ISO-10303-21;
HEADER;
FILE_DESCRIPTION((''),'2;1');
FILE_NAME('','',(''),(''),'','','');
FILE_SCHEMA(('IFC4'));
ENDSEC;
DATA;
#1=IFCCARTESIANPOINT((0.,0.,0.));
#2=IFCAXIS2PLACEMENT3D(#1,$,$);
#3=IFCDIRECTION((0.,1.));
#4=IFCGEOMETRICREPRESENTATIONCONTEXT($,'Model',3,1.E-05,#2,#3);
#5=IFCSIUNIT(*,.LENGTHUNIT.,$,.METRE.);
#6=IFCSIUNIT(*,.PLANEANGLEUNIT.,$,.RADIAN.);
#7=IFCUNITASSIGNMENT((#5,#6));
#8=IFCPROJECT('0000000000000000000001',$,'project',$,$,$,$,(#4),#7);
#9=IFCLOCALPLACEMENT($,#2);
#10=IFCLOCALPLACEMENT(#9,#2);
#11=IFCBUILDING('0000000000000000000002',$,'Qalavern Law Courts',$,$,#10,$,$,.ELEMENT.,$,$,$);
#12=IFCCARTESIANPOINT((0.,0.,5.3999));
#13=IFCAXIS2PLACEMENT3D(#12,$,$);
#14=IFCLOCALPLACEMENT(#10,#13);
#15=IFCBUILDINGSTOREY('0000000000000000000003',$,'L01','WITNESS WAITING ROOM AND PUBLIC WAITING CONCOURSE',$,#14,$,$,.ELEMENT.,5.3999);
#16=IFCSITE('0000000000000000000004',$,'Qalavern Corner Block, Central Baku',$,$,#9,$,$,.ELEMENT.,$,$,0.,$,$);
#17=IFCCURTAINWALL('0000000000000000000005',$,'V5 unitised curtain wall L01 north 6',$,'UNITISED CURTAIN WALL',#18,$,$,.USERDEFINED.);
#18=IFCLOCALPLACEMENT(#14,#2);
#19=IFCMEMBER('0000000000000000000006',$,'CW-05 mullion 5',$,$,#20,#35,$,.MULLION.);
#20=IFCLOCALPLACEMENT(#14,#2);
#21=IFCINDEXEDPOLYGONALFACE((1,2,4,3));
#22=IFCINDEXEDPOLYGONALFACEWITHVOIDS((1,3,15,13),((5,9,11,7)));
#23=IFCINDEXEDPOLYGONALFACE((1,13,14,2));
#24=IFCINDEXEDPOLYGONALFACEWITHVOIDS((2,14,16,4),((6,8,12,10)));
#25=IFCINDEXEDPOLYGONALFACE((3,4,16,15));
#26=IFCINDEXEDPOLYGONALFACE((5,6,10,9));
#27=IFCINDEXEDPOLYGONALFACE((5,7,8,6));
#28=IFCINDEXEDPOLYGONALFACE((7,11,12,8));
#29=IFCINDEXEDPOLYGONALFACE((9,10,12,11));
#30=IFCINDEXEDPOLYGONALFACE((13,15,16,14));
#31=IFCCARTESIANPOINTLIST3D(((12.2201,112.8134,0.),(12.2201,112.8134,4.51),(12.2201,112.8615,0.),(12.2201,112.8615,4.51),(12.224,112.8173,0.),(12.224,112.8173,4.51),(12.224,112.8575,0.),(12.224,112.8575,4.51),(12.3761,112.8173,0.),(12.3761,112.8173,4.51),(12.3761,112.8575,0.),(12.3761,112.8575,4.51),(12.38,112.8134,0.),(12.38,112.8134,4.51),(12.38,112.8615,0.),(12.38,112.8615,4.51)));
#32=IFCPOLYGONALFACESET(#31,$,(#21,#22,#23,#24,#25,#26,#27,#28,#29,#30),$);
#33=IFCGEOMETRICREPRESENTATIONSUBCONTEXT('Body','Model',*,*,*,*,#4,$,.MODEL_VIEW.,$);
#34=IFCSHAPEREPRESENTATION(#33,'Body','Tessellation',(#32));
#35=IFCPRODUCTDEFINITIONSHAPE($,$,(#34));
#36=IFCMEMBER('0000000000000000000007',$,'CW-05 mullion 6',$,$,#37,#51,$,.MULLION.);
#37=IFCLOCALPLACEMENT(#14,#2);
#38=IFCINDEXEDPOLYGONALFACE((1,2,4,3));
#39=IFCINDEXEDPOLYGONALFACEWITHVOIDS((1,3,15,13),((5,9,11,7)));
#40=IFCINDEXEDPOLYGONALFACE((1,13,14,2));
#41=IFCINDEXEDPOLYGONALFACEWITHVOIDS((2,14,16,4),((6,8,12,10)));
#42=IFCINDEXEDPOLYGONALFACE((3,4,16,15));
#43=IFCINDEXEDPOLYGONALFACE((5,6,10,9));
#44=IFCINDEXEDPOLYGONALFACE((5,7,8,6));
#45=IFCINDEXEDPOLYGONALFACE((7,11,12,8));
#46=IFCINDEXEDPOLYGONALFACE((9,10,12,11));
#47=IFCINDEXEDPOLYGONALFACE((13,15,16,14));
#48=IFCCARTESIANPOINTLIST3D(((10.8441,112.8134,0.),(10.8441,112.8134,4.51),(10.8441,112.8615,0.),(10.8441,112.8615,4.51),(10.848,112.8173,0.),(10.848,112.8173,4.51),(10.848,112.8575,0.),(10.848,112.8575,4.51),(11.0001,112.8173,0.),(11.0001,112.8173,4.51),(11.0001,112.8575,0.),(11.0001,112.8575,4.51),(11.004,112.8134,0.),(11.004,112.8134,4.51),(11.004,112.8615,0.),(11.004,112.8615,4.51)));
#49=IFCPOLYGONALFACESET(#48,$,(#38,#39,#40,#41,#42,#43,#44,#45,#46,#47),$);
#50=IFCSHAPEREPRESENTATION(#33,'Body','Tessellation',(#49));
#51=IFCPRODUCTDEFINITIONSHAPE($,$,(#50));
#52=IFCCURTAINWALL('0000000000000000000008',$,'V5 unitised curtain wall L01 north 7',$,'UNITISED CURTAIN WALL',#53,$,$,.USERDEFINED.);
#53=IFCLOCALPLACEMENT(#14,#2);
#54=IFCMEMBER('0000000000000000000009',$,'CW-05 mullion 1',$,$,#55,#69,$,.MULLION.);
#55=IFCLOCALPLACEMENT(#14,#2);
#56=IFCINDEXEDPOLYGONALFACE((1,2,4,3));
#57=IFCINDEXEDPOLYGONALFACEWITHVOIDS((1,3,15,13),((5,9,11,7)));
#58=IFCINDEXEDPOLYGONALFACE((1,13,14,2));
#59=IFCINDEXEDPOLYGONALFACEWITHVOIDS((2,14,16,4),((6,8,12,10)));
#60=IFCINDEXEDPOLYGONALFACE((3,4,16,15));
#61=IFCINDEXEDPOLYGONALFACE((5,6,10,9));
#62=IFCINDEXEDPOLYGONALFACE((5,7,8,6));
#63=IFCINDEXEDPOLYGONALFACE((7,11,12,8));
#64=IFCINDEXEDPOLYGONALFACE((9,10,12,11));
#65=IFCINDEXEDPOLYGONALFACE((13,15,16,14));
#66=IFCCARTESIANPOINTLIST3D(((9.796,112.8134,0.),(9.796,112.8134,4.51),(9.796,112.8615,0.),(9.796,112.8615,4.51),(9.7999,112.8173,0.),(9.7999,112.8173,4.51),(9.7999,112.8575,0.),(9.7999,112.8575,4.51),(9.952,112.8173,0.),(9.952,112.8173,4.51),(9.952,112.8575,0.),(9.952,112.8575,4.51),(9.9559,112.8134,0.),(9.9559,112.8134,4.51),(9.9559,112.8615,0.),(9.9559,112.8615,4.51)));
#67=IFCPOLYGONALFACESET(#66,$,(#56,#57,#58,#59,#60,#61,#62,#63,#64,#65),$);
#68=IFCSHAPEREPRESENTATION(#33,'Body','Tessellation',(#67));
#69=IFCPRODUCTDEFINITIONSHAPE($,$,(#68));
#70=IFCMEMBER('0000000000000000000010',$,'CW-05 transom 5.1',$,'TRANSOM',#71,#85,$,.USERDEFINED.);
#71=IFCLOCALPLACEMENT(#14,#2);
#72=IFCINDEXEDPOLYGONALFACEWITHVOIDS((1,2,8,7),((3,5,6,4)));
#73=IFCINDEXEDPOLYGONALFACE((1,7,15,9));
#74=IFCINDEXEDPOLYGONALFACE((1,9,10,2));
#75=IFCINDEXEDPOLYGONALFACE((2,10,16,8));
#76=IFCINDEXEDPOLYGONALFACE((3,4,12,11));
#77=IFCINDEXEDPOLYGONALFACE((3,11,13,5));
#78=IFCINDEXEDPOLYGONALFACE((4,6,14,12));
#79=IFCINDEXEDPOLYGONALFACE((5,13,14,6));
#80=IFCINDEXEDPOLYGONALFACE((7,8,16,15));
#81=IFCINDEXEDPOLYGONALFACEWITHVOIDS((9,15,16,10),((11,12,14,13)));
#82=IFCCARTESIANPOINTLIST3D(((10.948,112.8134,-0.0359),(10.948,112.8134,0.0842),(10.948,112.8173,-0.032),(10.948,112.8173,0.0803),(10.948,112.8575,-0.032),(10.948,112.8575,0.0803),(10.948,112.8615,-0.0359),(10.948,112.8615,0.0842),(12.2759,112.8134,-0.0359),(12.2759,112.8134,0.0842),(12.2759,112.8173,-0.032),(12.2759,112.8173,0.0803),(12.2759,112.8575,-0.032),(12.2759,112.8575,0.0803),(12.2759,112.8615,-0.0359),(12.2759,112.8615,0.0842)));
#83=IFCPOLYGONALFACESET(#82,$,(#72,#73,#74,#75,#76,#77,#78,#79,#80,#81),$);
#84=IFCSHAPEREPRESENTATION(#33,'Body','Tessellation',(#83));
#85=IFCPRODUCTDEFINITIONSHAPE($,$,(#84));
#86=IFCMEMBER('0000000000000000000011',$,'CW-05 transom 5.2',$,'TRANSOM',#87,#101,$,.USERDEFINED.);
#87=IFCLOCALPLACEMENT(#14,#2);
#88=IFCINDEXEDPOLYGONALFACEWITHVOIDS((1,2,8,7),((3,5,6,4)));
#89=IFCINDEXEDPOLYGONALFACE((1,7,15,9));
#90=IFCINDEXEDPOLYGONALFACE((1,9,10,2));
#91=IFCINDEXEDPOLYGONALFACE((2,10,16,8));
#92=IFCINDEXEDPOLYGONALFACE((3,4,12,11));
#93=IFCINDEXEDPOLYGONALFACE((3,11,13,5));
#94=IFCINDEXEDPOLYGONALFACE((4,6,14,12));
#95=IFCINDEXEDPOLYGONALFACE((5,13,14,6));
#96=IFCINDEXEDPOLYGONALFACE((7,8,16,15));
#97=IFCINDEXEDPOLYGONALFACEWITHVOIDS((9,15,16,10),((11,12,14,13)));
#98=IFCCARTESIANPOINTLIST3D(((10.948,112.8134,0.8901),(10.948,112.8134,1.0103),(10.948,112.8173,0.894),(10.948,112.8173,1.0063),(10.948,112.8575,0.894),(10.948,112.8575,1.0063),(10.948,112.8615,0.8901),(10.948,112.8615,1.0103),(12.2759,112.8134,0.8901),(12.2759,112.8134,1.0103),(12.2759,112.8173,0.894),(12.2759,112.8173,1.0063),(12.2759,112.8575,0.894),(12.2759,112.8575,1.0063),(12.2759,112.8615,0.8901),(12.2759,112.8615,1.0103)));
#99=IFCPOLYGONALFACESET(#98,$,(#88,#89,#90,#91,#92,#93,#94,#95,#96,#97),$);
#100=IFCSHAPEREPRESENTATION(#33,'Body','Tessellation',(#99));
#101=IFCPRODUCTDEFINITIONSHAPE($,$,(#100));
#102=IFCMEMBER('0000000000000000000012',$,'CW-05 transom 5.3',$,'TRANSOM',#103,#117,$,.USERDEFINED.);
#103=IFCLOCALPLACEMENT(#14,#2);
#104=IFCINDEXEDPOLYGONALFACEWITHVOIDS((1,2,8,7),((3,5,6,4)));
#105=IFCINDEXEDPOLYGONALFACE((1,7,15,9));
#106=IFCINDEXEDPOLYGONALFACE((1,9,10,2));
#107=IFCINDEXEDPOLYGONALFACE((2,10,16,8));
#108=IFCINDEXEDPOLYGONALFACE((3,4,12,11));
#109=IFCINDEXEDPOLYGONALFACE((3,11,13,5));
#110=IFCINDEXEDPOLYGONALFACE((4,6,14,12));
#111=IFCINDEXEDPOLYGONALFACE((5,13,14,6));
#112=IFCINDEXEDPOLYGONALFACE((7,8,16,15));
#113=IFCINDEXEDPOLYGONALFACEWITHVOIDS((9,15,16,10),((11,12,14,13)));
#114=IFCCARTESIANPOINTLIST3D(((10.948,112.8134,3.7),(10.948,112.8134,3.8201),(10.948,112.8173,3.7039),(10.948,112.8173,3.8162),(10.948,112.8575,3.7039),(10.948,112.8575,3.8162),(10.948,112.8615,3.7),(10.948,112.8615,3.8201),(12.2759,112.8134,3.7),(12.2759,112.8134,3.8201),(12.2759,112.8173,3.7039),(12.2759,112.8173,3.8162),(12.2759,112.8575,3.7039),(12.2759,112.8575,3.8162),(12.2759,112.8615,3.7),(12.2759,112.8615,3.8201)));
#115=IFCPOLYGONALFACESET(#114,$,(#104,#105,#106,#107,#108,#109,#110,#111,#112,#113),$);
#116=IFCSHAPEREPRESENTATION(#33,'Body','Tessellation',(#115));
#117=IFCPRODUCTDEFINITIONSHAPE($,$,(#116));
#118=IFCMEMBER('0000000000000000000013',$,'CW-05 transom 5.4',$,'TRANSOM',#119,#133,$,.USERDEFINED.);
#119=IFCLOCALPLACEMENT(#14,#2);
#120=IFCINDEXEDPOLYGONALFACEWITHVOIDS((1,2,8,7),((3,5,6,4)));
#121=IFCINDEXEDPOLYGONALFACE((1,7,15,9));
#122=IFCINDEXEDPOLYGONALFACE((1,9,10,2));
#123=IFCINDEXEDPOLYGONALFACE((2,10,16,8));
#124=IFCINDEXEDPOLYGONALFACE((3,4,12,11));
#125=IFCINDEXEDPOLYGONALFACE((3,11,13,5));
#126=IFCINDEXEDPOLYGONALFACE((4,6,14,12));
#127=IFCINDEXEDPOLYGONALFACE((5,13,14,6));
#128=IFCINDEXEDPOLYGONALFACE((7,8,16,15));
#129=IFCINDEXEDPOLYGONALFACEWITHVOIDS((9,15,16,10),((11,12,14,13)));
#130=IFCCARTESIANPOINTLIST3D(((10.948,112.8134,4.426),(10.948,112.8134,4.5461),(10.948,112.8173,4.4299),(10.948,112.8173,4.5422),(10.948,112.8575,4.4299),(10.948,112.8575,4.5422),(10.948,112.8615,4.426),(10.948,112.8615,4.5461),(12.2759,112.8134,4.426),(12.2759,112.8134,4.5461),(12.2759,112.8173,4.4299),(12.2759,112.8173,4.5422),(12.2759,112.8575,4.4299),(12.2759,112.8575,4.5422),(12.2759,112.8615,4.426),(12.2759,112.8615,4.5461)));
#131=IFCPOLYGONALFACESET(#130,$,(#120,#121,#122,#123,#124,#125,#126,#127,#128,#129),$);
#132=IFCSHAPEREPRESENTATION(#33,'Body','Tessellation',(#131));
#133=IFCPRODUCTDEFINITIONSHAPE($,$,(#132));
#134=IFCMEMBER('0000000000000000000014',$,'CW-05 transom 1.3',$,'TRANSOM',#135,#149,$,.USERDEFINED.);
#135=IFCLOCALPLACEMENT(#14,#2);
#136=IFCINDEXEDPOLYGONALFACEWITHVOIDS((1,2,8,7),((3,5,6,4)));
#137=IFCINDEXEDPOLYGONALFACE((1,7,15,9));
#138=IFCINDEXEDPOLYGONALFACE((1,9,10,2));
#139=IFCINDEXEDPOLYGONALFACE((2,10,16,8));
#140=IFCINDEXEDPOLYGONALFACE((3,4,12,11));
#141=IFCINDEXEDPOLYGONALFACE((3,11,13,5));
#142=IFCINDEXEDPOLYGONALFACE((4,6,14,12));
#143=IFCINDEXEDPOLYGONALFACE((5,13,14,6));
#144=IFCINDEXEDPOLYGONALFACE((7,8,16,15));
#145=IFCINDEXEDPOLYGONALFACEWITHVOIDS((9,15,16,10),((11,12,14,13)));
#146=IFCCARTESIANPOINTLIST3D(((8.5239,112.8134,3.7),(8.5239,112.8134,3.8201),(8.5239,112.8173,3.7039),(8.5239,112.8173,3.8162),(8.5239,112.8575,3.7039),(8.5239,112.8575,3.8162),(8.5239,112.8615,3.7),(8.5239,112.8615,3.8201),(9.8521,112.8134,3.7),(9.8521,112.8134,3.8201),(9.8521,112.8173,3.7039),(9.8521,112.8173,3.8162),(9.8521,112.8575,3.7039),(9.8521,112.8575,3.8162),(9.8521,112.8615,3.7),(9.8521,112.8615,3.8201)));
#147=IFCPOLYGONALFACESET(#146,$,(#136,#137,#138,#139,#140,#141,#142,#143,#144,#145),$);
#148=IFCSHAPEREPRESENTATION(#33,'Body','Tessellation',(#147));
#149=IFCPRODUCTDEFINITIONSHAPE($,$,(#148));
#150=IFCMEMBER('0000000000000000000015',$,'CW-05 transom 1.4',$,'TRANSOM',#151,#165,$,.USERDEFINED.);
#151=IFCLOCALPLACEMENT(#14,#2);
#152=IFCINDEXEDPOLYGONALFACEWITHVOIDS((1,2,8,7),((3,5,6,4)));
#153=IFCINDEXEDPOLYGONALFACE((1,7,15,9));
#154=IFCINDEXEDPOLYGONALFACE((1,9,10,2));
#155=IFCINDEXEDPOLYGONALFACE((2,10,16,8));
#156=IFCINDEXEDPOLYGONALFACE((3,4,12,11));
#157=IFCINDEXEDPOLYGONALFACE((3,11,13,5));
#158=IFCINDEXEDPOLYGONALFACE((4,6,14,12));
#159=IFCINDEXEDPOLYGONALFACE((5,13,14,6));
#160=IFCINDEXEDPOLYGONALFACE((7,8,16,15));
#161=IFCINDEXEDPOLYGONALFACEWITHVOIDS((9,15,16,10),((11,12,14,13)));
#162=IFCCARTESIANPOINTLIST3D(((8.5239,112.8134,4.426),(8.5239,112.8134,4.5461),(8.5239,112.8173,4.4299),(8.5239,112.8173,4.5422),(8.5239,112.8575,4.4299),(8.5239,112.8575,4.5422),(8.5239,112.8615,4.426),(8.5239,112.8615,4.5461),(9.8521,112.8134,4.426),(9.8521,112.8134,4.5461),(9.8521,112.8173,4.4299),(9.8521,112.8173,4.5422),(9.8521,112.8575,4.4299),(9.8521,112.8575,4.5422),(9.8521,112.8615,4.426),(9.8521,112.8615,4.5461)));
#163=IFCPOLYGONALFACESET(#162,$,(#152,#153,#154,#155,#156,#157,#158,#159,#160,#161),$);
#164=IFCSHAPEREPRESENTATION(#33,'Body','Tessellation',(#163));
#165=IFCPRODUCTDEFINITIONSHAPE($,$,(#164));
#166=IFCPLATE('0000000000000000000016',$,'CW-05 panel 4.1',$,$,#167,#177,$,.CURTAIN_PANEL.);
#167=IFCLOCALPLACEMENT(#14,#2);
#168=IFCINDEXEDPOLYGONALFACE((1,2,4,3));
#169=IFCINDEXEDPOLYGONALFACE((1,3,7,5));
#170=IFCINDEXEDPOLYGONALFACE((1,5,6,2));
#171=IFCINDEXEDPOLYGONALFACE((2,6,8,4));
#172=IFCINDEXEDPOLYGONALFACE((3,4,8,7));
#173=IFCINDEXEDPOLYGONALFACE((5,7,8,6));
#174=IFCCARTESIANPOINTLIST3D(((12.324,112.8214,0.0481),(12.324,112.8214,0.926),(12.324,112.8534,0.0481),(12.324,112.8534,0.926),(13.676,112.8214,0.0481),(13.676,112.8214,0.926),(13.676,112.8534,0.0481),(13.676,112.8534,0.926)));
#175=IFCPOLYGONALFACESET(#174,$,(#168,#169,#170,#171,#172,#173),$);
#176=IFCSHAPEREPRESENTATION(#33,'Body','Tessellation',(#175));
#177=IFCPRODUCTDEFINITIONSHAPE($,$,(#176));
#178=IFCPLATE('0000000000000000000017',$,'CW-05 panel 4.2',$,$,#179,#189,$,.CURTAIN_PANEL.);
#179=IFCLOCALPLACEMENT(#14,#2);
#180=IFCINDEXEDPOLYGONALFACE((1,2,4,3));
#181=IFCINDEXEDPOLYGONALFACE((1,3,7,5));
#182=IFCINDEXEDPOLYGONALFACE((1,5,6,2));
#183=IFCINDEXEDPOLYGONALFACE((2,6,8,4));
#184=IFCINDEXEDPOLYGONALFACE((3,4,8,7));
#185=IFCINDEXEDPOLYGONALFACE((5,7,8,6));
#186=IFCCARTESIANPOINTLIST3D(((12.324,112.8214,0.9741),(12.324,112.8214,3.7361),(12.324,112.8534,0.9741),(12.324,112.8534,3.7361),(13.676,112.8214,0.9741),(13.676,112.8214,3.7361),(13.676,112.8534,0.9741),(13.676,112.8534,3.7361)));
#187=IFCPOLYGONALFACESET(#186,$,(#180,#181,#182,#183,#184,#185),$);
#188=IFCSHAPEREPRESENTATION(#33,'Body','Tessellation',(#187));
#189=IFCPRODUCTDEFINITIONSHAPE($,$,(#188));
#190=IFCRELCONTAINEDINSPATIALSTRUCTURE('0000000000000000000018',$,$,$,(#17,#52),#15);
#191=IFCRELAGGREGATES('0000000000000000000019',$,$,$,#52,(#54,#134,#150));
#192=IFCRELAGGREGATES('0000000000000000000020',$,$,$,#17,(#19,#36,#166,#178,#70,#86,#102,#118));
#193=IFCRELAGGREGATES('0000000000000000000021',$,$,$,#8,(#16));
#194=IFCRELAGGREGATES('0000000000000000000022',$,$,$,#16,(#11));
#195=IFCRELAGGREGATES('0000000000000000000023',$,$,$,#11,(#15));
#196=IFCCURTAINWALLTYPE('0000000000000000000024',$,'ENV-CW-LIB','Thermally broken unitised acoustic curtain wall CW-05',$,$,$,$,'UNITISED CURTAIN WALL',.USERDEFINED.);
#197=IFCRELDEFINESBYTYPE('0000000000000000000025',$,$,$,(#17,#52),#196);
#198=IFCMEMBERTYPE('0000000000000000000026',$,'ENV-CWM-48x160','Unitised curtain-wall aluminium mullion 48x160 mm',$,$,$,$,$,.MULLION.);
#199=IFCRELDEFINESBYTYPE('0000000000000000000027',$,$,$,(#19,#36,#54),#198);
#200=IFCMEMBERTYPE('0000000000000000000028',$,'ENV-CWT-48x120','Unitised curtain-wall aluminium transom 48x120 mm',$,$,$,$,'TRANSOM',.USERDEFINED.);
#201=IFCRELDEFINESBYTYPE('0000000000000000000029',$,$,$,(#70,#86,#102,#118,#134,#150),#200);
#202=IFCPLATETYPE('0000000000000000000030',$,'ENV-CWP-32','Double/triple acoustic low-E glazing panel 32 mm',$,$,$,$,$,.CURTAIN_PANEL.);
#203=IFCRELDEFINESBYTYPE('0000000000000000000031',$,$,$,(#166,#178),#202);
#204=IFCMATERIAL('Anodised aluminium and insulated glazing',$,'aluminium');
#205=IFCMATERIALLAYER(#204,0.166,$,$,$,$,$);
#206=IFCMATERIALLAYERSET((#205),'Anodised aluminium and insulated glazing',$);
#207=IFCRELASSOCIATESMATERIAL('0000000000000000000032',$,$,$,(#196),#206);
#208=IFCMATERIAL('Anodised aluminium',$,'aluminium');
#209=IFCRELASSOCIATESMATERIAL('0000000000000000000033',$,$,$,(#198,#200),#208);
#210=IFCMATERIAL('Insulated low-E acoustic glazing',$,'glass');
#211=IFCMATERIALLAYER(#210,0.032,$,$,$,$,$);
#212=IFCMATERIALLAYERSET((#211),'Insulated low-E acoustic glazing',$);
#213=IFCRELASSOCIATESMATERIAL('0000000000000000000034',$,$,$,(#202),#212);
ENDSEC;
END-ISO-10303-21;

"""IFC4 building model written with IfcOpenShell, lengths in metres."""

from ifc_helpers import new_model, si_unit, direction, frame, origin, origin_2d, place, context, subcontext, project, spatial, rectangle, hollow_rectangle, extrude, material, layer, layer_set, material_profile, profile_set, type_object, element, aggregate, save


model = new_model("IFC4")

# Units and contexts
model_context = context("Model", 3, precision=1e-05, world=origin(), true_north=direction((0.0, 1.0)))
body_context = subcontext(model_context, "Body", "Model", "MODEL_VIEW")
ifc_project = project(units=[si_unit("LENGTHUNIT", "METRE"), si_unit("PLANEANGLEUNIT", "RADIAN")], contexts=[model_context])

# Site, building, storey
site_placement = place(None, origin())
site = spatial("IfcSite", under=ifc_project, at=site_placement, Name="Qalavern Corner Block, Central Baku", CompositionType="ELEMENT", RefElevation=0.0)
building_placement = place(site_placement, origin())
building = spatial("IfcBuilding", under=site, at=building_placement, Name="Qalavern Law Courts", CompositionType="ELEMENT")
storey_placement = place(building_placement, frame((0.0, 0.0, 5.3999)))
storey = spatial("IfcBuildingStorey", under=building, at=storey_placement, Name="L01", Description="WITNESS WAITING ROOM AND PUBLIC WAITING CONCOURSE", CompositionType="ELEMENT", Elevation=5.3999)

# Curtain wall, members
ifc_material_1 = material(Name="Anodised aluminium and insulated glazing", Category="aluminium")
ifc_layer_1 = layer(ifc_material_1, 0.166)
ifc_layer_set_1 = layer_set([ifc_layer_1], Name="Anodised aluminium and insulated glazing")
curtain_wall_type = type_object("IfcCurtainWallType", Name="ENV-CW-LIB", Description="Thermally broken unitised acoustic curtain wall CW-05", ElementType="UNITISED CURTAIN WALL", PredefinedType="USERDEFINED", material=ifc_layer_set_1)
curtain_wall_1_placement = place(storey_placement, origin())
curtain_wall_1 = element("IfcCurtainWall", 1, at=curtain_wall_1_placement, inside=storey, type_object=curtain_wall_type, Name="V5 unitised curtain wall L01 north 6", ObjectType="UNITISED CURTAIN WALL", PredefinedType="USERDEFINED")
ifc_material_2 = material(Name="Anodised aluminium", Category="aluminium")
ifc_material_profile_1 = material_profile(ifc_material_2, hollow_rectangle(XDim=0.0481, YDim=0.1599, WallThickness=0.0039, at=origin_2d()), Name="ALU MULLION 48x160")
ifc_profile_set_1 = profile_set([ifc_material_profile_1], Name="Anodised aluminium")
member_type_1 = type_object("IfcMemberType", Name="ENV-CWM-48x160", Description="Unitised curtain-wall aluminium mullion 48x160 mm", PredefinedType="MULLION", material=ifc_profile_set_1)
member_1_placement = place(storey_placement, frame((12.3, 112.8374, 0.0), z_axis=(0.0, 0.0, 1.0), x_axis=(0.0, -1.0, 0.0)))
member_1 = element("IfcMember", 2, at=member_1_placement, type_object=member_type_1, Name="CW-05 mullion 5", PredefinedType="MULLION", context=body_context, shape_type="SweptSolid", body=[
    extrude(hollow_rectangle(XDim=0.0481, YDim=0.1599, WallThickness=0.0039, at=origin_2d()), origin(), (0.0, 0.0, 1.0), 4.51),
])
member_2_placement = place(storey_placement, frame((10.9241, 112.8374, 0.0), z_axis=(0.0, 0.0, 1.0), x_axis=(0.0, -1.0, 0.0)))
member_2 = element("IfcMember", 3, at=member_2_placement, type_object=member_type_1, Name="CW-05 mullion 6", PredefinedType="MULLION", context=body_context, shape_type="SweptSolid", body=[
    extrude(hollow_rectangle(XDim=0.0481, YDim=0.1599, WallThickness=0.0039, at=origin_2d()), origin(), (0.0, 0.0, 1.0), 4.51),
])

# Curtain wall, member
curtain_wall_2_placement = place(storey_placement, origin())
curtain_wall_2 = element("IfcCurtainWall", 4, at=curtain_wall_2_placement, inside=storey, type_object=curtain_wall_type, Name="V5 unitised curtain wall L01 north 7", ObjectType="UNITISED CURTAIN WALL", PredefinedType="USERDEFINED")
member_3_placement = place(storey_placement, frame((9.876, 112.8374, 0.0), z_axis=(0.0, 0.0, 1.0), x_axis=(0.0, -1.0, 0.0)))
member_3 = element("IfcMember", 5, at=member_3_placement, type_object=member_type_1, Name="CW-05 mullion 1", PredefinedType="MULLION", context=body_context, shape_type="SweptSolid", body=[
    extrude(hollow_rectangle(XDim=0.0481, YDim=0.1599, WallThickness=0.0039, at=origin_2d()), origin(), (0.0, 0.0, 1.0), 4.51),
])

# Members
ifc_material_profile_2 = material_profile(ifc_material_2, hollow_rectangle(XDim=0.0481, YDim=0.1201, WallThickness=0.0039, at=origin_2d()), Name="ALU TRANSOM 48x120")
ifc_profile_set_2 = profile_set([ifc_material_profile_2], Name="Anodised aluminium")
member_type_2 = type_object("IfcMemberType", Name="ENV-CWT-48x120", Description="Unitised curtain-wall aluminium transom 48x120 mm", ElementType="TRANSOM", PredefinedType="USERDEFINED", material=ifc_profile_set_2)
member_4_placement = place(storey_placement, frame((12.2759, 112.8374, 0.0242), z_axis=(-1.0, 0.0, 0.0), x_axis=(0.0, -1.0, 0.0)))
member_4 = element("IfcMember", 6, at=member_4_placement, type_object=member_type_2, Name="CW-05 transom 5.1", ObjectType="TRANSOM", PredefinedType="USERDEFINED", context=body_context, shape_type="SweptSolid", body=[
    extrude(hollow_rectangle(XDim=0.0481, YDim=0.1201, WallThickness=0.0039, at=origin_2d()), origin(), (0.0, 0.0, 1.0), 1.3279),
])
member_5_placement = place(storey_placement, frame((12.2759, 112.8374, 0.9502), z_axis=(-1.0, 0.0, 0.0), x_axis=(0.0, -1.0, 0.0)))
member_5 = element("IfcMember", 7, at=member_5_placement, type_object=member_type_2, Name="CW-05 transom 5.2", ObjectType="TRANSOM", PredefinedType="USERDEFINED", context=body_context, shape_type="SweptSolid", body=[
    extrude(hollow_rectangle(XDim=0.0481, YDim=0.1201, WallThickness=0.0039, at=origin_2d()), origin(), (0.0, 0.0, 1.0), 1.3279),
])
member_6_placement = place(storey_placement, frame((12.2759, 112.8374, 3.76), z_axis=(-1.0, 0.0, 0.0), x_axis=(0.0, -1.0, 0.0)))
member_6 = element("IfcMember", 8, at=member_6_placement, type_object=member_type_2, Name="CW-05 transom 5.3", ObjectType="TRANSOM", PredefinedType="USERDEFINED", context=body_context, shape_type="SweptSolid", body=[
    extrude(hollow_rectangle(XDim=0.0481, YDim=0.1201, WallThickness=0.0039, at=origin_2d()), origin(), (0.0, 0.0, 1.0), 1.3279),
])
member_7_placement = place(storey_placement, frame((12.2759, 112.8374, 4.4861), z_axis=(-1.0, 0.0, 0.0), x_axis=(0.0, -1.0, 0.0)))
member_7 = element("IfcMember", 9, at=member_7_placement, type_object=member_type_2, Name="CW-05 transom 5.4", ObjectType="TRANSOM", PredefinedType="USERDEFINED", context=body_context, shape_type="SweptSolid", body=[
    extrude(hollow_rectangle(XDim=0.0481, YDim=0.1201, WallThickness=0.0039, at=origin_2d()), origin(), (0.0, 0.0, 1.0), 1.3279),
])
member_8_placement = place(storey_placement, frame((9.8521, 112.8374, 3.76), z_axis=(-1.0, 0.0, 0.0), x_axis=(0.0, -1.0, 0.0)))
member_8 = element("IfcMember", 10, at=member_8_placement, type_object=member_type_2, Name="CW-05 transom 1.3", ObjectType="TRANSOM", PredefinedType="USERDEFINED", context=body_context, shape_type="SweptSolid", body=[
    extrude(hollow_rectangle(XDim=0.0481, YDim=0.1201, WallThickness=0.0039, at=origin_2d()), origin(), (0.0, 0.0, 1.0), 1.3281),
])
member_9_placement = place(storey_placement, frame((9.8521, 112.8374, 4.4861), z_axis=(-1.0, 0.0, 0.0), x_axis=(0.0, -1.0, 0.0)))
member_9 = element("IfcMember", 11, at=member_9_placement, type_object=member_type_2, Name="CW-05 transom 1.4", ObjectType="TRANSOM", PredefinedType="USERDEFINED", context=body_context, shape_type="SweptSolid", body=[
    extrude(hollow_rectangle(XDim=0.0481, YDim=0.1201, WallThickness=0.0039, at=origin_2d()), origin(), (0.0, 0.0, 1.0), 1.3281),
])
aggregate(curtain_wall_2, [member_3, member_8, member_9])

# Plates
ifc_material_3 = material(Name="Insulated low-E acoustic glazing", Category="glass")
ifc_layer_2 = layer(ifc_material_3, 0.032)
ifc_layer_set_2 = layer_set([ifc_layer_2], Name="Insulated low-E acoustic glazing")
plate_type = type_object("IfcPlateType", Name="ENV-CWP-32", Description="Double/triple acoustic low-E glazing panel 32 mm", PredefinedType="CURTAIN_PANEL", material=ifc_layer_set_2)
plate_1_placement = place(storey_placement, frame((13.0, 112.8374, 0.0481), z_axis=(0.0, 0.0, 1.0), x_axis=(-1.0, 0.0, 0.0)))
plate_1 = element("IfcPlate", 12, at=plate_1_placement, type_object=plate_type, Name="CW-05 panel 4.1", PredefinedType="CURTAIN_PANEL", context=body_context, shape_type="SweptSolid", body=[
    extrude(rectangle(XDim=1.3521, YDim=0.032, at=origin_2d()), origin(), (0.0, 0.0, 1.0), 0.8779),
])
plate_2_placement = place(storey_placement, frame((13.0, 112.8374, 0.9741), z_axis=(0.0, 0.0, 1.0), x_axis=(-1.0, 0.0, 0.0)))
plate_2 = element("IfcPlate", 13, at=plate_2_placement, type_object=plate_type, Name="CW-05 panel 4.2", PredefinedType="CURTAIN_PANEL", context=body_context, shape_type="SweptSolid", body=[
    extrude(rectangle(XDim=1.3521, YDim=0.032, at=origin_2d()), origin(), (0.0, 0.0, 1.0), 2.762),
])
aggregate(curtain_wall_1, [member_1, member_2, plate_1, plate_2, member_4, member_5, member_6, member_7])

save(model, "model.ifc")
